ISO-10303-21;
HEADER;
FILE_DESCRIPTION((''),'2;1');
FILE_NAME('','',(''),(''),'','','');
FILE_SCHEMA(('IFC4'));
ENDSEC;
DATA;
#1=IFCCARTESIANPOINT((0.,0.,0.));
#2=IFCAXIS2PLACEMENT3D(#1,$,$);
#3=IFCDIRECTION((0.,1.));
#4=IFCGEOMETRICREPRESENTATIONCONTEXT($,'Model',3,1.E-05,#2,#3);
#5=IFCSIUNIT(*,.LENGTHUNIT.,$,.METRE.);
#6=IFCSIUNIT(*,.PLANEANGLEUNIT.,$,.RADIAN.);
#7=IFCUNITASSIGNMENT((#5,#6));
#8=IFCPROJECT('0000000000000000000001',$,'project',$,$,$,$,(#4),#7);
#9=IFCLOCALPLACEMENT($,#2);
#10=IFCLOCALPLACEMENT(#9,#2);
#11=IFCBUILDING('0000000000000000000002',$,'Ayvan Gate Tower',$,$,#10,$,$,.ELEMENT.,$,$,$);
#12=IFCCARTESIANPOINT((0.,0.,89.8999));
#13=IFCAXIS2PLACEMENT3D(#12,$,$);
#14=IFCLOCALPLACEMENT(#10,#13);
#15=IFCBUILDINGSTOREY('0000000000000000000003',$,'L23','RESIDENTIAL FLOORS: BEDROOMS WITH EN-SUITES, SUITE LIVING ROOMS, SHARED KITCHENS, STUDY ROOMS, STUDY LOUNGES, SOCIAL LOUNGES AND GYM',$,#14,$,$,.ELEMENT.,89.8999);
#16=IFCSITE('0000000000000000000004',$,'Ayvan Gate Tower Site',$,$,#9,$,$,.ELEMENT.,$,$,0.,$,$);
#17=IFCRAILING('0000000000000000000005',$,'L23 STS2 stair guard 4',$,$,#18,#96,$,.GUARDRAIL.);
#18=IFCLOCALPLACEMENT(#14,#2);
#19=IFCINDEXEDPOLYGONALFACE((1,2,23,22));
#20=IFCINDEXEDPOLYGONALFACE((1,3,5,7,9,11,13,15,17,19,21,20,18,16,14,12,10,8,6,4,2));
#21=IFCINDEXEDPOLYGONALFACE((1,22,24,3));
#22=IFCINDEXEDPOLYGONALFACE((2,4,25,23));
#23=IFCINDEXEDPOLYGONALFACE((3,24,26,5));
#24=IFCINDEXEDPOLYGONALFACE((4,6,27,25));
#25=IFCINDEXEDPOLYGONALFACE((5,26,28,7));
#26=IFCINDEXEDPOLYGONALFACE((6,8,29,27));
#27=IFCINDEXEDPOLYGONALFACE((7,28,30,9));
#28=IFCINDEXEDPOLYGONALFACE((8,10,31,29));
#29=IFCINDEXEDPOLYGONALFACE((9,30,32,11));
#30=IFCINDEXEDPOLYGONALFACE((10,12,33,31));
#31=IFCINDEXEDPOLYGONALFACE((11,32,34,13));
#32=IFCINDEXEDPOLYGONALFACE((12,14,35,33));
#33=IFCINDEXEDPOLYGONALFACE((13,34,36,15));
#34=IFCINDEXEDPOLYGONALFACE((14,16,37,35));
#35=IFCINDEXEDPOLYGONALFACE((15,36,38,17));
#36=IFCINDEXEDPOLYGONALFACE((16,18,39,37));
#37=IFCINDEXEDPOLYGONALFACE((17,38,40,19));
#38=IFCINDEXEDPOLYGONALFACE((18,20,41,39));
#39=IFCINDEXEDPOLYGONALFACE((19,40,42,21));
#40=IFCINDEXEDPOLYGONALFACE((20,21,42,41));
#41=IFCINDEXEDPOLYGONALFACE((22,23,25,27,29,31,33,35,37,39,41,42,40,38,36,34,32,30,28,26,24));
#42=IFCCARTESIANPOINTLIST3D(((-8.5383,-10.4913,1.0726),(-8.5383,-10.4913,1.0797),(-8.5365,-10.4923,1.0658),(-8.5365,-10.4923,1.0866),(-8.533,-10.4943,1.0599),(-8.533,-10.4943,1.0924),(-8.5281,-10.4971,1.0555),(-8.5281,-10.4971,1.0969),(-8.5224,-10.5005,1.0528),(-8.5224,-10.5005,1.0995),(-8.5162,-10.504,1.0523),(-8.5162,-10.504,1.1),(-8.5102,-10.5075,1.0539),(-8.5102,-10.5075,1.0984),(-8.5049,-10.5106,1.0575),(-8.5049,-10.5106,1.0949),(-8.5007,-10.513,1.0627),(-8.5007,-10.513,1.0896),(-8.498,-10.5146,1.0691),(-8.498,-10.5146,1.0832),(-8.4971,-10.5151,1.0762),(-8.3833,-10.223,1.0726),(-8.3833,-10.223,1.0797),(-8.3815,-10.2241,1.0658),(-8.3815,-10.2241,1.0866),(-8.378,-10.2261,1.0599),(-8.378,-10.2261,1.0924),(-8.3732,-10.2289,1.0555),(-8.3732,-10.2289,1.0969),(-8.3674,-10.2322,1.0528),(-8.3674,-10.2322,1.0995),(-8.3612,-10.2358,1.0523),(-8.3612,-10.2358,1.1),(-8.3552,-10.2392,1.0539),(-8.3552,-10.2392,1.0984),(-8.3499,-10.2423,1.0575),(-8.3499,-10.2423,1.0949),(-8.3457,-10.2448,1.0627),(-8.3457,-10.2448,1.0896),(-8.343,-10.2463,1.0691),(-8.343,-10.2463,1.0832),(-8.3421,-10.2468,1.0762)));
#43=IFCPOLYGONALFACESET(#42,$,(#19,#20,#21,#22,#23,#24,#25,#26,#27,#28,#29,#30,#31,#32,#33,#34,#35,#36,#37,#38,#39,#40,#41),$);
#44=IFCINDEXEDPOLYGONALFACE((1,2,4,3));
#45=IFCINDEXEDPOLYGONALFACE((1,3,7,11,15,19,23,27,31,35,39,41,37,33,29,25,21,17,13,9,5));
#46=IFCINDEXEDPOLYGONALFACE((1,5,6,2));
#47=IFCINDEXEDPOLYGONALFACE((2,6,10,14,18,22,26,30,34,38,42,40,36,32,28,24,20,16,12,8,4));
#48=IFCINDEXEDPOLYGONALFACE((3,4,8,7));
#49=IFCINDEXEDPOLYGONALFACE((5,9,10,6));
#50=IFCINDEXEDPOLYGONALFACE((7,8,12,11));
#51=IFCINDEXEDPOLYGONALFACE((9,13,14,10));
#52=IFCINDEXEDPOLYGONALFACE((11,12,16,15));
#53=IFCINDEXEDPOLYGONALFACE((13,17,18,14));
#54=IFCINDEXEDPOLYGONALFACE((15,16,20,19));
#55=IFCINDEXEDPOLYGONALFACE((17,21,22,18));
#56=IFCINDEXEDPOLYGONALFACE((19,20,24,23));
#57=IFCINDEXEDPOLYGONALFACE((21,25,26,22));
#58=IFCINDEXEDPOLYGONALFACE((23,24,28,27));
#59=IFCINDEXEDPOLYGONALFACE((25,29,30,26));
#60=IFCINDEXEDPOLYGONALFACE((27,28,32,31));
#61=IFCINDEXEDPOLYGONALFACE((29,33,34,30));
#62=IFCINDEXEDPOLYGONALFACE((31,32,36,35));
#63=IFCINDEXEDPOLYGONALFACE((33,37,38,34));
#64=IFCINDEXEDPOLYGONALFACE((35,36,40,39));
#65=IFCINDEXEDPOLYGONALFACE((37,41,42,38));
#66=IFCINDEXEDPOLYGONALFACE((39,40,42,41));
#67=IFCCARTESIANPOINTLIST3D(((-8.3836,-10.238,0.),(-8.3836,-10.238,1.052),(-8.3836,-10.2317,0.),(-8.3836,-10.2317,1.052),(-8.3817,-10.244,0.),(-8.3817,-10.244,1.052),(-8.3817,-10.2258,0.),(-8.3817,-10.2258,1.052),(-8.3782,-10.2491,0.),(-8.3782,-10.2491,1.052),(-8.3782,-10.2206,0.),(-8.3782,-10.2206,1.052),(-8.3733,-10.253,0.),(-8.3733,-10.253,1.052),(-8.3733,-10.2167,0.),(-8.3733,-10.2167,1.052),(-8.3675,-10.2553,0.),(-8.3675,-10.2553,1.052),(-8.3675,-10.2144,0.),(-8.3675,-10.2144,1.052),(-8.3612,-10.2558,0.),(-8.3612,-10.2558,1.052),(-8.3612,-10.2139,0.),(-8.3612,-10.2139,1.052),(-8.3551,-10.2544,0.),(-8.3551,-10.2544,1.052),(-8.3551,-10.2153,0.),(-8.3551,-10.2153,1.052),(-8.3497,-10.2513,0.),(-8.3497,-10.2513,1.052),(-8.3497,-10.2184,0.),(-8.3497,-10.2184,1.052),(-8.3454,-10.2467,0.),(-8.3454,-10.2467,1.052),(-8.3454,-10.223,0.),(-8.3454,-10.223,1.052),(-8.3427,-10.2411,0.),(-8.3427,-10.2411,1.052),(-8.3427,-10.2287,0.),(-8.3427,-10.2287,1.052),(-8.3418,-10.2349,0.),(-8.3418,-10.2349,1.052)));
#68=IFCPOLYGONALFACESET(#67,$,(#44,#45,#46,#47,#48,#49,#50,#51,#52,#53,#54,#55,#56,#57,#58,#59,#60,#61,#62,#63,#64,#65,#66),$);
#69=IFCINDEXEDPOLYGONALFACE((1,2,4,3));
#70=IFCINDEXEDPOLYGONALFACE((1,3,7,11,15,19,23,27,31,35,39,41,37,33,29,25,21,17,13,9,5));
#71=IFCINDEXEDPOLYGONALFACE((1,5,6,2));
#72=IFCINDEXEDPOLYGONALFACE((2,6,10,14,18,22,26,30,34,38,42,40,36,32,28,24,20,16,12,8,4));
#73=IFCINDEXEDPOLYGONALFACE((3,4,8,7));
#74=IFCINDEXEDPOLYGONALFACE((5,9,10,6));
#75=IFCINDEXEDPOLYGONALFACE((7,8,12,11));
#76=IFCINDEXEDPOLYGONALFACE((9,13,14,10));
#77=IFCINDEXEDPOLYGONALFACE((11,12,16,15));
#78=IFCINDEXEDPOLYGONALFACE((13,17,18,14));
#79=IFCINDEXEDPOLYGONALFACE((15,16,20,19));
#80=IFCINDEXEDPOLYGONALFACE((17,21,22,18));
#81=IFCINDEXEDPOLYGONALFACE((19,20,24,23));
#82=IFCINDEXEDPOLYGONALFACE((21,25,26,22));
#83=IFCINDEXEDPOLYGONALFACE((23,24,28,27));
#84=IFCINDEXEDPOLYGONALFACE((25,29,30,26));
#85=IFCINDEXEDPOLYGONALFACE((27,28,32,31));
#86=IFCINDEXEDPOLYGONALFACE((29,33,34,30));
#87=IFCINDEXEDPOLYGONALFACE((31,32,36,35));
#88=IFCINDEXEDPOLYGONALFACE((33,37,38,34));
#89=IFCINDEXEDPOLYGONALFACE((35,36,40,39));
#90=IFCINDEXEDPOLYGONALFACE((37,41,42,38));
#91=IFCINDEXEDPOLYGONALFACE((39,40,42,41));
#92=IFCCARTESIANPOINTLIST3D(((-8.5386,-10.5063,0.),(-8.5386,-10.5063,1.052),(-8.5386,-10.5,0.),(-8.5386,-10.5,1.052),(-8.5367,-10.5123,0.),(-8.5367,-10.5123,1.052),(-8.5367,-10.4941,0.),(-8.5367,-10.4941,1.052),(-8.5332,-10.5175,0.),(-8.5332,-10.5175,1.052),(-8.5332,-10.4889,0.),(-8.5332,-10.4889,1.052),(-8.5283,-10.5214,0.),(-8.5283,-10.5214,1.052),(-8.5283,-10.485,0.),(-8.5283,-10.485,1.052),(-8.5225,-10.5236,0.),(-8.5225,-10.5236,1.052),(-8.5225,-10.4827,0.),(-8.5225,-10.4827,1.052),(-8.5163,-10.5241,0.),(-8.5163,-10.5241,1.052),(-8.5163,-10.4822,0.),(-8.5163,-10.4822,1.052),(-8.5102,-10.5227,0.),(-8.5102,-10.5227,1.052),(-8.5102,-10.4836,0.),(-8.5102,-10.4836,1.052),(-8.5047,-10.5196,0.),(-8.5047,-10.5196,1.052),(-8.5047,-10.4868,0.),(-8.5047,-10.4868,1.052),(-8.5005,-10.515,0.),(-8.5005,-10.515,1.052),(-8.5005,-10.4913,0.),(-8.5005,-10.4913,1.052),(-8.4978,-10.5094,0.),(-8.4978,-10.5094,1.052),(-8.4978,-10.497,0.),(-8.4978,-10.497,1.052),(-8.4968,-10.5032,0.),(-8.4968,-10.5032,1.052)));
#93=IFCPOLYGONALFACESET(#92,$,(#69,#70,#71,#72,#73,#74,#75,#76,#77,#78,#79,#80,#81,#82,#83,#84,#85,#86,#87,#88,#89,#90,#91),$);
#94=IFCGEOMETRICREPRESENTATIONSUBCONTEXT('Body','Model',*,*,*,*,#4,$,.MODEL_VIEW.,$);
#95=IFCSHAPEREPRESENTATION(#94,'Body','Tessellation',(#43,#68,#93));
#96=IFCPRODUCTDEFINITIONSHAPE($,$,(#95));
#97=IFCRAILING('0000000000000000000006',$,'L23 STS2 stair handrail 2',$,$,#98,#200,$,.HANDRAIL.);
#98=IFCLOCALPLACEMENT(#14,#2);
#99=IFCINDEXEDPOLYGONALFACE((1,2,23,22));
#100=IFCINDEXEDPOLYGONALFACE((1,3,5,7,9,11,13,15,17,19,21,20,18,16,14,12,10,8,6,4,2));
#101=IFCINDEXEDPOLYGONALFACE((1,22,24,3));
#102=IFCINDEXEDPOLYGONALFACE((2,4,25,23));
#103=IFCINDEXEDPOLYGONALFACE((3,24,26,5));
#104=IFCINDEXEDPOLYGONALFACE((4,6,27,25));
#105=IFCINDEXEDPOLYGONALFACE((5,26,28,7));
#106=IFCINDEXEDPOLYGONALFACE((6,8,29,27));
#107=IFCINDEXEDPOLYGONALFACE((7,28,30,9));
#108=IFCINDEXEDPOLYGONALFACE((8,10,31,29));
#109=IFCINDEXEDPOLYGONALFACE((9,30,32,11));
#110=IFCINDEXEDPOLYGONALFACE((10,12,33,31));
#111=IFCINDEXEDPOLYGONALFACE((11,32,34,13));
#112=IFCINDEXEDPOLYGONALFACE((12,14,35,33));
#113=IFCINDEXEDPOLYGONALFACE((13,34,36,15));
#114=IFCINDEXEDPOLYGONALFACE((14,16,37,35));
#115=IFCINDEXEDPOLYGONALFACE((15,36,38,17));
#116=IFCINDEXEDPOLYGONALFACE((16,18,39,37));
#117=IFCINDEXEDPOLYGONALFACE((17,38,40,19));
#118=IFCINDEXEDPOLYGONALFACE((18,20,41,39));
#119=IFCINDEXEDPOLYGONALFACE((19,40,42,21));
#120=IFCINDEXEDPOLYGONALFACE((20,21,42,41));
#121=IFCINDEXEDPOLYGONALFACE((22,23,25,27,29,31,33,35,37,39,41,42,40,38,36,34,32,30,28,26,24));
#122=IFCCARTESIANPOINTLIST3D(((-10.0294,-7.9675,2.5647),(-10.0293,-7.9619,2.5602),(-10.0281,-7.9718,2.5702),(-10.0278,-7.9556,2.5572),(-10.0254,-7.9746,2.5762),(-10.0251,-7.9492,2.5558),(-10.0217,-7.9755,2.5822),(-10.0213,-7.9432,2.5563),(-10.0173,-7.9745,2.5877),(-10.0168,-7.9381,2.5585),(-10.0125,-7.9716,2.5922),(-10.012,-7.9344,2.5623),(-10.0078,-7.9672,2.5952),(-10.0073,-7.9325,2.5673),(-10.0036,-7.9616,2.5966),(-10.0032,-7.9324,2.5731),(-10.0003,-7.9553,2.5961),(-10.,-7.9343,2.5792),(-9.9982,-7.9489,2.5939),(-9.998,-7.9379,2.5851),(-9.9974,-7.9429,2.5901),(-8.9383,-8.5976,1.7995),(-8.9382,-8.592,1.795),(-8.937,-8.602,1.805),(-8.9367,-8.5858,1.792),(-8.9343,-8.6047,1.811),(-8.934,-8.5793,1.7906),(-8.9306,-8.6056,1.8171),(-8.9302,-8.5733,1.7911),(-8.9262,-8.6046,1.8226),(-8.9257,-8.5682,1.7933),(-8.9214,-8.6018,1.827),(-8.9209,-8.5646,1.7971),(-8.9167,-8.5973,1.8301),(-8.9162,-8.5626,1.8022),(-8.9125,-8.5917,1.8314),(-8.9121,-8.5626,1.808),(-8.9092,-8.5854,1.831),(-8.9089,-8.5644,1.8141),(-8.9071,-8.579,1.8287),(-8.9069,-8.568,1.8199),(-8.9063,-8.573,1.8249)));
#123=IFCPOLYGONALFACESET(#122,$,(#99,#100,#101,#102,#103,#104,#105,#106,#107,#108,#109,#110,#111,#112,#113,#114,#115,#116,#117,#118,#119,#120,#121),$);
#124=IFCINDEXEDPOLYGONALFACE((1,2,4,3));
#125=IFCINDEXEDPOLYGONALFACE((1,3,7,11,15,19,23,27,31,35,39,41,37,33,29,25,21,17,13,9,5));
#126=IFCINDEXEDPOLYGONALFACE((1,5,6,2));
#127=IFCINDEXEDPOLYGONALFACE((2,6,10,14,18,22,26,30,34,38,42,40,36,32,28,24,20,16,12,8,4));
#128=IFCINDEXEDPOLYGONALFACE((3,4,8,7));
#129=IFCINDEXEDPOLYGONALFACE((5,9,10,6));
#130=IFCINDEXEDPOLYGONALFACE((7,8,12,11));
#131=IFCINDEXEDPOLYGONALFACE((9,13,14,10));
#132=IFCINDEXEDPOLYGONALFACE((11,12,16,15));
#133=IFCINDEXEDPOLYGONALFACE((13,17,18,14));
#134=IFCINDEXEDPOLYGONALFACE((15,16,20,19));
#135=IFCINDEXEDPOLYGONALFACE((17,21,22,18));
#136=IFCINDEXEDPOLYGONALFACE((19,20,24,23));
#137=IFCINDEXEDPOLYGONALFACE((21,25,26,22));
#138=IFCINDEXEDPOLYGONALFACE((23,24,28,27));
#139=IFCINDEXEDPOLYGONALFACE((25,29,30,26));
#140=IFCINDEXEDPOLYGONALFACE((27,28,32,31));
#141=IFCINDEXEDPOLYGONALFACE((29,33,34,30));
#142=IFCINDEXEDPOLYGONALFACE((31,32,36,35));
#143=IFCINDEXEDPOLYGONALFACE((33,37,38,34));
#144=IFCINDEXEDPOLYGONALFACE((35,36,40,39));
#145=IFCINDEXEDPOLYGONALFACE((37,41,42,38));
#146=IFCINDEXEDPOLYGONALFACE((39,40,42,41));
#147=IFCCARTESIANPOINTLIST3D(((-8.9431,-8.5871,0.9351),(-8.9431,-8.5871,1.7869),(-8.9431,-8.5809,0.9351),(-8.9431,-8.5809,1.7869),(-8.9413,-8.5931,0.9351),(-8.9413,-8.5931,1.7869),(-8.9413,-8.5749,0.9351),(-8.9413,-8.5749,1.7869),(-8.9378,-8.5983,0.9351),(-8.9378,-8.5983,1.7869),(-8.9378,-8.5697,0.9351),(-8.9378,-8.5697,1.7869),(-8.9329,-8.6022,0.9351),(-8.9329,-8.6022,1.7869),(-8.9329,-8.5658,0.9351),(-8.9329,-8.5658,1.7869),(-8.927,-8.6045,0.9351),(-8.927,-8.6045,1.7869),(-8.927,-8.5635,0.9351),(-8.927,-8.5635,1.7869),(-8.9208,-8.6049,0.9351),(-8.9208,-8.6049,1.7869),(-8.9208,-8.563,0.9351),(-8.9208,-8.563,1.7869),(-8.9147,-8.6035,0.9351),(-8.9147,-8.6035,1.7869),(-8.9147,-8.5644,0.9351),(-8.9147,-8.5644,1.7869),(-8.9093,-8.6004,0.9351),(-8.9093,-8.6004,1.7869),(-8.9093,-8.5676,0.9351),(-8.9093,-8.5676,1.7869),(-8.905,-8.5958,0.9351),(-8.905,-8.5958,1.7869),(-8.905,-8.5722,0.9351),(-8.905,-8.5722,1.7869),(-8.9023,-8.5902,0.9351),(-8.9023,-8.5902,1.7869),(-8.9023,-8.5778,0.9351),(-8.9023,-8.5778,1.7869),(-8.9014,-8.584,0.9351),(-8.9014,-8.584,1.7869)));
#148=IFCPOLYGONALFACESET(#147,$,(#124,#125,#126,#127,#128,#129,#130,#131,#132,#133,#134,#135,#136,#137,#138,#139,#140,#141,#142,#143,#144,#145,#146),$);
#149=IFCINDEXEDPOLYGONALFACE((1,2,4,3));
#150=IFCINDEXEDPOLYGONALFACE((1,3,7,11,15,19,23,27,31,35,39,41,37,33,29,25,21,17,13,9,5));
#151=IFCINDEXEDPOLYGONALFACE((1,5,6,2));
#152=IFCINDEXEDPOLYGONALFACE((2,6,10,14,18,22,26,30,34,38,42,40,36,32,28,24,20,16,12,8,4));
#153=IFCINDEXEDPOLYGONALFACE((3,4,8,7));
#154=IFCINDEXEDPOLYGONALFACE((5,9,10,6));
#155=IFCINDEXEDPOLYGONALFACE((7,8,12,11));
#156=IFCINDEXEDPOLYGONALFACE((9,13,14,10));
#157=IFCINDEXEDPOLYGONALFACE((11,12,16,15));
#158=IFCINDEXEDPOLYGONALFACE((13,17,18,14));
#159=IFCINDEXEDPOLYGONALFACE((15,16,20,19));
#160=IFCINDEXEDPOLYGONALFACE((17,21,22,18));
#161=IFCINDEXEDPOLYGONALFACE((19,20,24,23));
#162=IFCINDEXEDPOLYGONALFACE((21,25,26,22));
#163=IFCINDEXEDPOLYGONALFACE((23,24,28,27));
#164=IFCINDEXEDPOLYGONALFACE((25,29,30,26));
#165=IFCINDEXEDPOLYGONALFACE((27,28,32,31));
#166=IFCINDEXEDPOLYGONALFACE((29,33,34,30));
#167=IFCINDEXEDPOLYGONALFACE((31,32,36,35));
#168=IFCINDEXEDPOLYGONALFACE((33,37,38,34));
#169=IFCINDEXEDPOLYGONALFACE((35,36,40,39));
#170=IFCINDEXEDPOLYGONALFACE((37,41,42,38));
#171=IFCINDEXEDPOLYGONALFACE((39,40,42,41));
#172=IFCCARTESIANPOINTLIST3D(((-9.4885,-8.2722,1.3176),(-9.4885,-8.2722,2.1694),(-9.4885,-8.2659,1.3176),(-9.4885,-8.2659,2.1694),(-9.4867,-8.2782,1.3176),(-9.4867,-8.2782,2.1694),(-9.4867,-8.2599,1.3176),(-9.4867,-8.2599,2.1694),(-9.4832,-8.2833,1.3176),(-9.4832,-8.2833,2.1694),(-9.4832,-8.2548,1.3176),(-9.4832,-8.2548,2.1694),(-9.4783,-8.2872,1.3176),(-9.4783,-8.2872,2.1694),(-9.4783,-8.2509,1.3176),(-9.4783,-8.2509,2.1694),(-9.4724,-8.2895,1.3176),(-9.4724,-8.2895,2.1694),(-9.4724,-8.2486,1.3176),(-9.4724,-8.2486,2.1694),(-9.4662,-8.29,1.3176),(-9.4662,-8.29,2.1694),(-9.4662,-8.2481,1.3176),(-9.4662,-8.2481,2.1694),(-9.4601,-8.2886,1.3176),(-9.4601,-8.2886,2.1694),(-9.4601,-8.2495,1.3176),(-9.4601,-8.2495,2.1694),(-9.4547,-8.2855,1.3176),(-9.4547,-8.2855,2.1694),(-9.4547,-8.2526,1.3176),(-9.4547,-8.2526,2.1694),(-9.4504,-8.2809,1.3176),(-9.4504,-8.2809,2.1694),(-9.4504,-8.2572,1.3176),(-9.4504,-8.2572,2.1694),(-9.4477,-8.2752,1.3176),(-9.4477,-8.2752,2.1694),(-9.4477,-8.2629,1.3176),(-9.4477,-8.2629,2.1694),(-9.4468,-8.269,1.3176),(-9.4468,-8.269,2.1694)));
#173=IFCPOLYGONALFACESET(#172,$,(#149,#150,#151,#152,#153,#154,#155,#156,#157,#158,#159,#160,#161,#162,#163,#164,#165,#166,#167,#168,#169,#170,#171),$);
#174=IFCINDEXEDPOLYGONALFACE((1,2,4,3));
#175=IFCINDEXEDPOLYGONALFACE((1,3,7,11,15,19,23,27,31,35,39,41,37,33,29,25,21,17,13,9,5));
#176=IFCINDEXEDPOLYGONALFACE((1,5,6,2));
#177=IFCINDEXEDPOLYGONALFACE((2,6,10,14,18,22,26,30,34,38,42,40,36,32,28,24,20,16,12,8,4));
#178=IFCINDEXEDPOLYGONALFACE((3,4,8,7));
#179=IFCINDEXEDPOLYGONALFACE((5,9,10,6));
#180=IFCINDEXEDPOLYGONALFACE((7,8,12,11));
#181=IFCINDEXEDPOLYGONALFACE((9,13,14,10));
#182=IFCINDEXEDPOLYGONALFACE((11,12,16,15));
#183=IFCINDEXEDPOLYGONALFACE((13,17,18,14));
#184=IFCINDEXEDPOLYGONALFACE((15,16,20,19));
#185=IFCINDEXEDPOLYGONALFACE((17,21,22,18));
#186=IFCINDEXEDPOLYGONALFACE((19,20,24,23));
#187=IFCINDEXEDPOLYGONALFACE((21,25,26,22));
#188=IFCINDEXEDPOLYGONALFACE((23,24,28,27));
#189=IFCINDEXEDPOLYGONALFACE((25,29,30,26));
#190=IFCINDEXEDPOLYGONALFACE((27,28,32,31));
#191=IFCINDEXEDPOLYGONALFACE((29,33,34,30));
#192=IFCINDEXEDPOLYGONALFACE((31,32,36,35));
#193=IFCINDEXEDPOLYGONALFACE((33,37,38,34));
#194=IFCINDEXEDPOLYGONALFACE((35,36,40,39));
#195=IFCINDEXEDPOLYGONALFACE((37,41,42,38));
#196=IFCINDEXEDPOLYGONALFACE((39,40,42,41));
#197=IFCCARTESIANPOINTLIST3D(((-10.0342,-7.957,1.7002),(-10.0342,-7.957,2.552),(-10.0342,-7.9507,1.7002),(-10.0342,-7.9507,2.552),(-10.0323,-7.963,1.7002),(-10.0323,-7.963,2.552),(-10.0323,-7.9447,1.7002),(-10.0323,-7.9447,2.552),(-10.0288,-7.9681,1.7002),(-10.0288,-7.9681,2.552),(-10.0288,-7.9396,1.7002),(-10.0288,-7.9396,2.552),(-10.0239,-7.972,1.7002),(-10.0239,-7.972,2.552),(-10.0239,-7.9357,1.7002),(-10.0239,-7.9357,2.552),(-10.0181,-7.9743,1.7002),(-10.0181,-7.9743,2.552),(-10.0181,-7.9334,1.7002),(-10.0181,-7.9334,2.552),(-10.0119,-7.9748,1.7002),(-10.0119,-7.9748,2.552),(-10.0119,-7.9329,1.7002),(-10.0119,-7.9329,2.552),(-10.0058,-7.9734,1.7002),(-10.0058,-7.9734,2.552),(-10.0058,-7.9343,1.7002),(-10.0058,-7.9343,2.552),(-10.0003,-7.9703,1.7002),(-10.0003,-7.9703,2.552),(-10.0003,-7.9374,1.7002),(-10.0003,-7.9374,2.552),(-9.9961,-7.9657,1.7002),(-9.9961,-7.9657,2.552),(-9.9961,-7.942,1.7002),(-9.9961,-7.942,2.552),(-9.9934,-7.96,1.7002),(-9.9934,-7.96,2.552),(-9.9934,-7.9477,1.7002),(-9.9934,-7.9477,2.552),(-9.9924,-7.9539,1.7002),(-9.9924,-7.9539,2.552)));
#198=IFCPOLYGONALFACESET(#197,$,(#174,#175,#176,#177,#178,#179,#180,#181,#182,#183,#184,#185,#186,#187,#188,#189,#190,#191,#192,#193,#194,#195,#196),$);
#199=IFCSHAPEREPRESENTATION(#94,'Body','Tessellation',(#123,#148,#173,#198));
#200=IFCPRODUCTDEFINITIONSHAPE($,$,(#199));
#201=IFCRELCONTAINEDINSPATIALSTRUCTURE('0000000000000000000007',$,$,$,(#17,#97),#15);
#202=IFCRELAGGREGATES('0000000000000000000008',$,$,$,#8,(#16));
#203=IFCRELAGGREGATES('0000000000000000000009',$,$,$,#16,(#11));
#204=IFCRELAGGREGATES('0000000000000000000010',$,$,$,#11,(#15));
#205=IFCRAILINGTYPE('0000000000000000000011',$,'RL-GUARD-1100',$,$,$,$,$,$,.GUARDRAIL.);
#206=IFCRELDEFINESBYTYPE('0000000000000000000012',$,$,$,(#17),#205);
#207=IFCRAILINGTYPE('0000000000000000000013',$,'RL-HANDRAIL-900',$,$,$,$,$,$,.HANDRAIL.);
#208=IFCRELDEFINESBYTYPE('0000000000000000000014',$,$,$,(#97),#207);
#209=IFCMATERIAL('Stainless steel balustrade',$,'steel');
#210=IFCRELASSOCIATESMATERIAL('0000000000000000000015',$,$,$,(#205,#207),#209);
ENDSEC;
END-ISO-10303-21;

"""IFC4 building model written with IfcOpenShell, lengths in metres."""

from ifc_helpers import new_model, si_unit, direction, frame, origin, origin_2d, place, context, subcontext, project, spatial, circle, extrude, material, type_object, element, save


model = new_model("IFC4")

# Units and contexts
model_context = context("Model", 3, precision=1e-05, world=origin(), true_north=direction((0.0, 1.0)))
body_context = subcontext(model_context, "Body", "Model", "MODEL_VIEW")
ifc_project = project(units=[si_unit("LENGTHUNIT", "METRE"), si_unit("PLANEANGLEUNIT", "RADIAN")], contexts=[model_context])

# Site, building, storey
site_placement = place(None, origin())
site = spatial("IfcSite", under=ifc_project, at=site_placement, Name="Ayvan Gate Tower Site", CompositionType="ELEMENT", RefElevation=0.0)
building_placement = place(site_placement, origin())
building = spatial("IfcBuilding", under=site, at=building_placement, Name="Ayvan Gate Tower", CompositionType="ELEMENT")
storey_placement = place(building_placement, frame((0.0, 0.0, 89.8999)))
storey = spatial("IfcBuildingStorey", under=building, at=storey_placement, Name="L23", Description="RESIDENTIAL FLOORS: BEDROOMS WITH EN-SUITES, SUITE LIVING ROOMS, SHARED KITCHENS, STUDY ROOMS, STUDY LOUNGES, SOCIAL LOUNGES AND GYM", CompositionType="ELEMENT", Elevation=89.8999)

# Railings
ifc_material_1 = material(Name="Stainless steel balustrade", Category="steel")
railing_type_1 = type_object("IfcRailingType", Name="RL-GUARD-1100", PredefinedType="GUARDRAIL", material=ifc_material_1)
railing_1_placement = place(storey_placement, frame((-8.3628, -10.2349, 0.0)))
element("IfcRailing", 1, at=railing_1_placement, inside=storey, type_object=railing_type_1, Name="L23 STS2 stair guard 4", PredefinedType="GUARDRAIL", context=body_context, shape_type="SweptSolid", body=[
    extrude(circle(Radius=0.0239, at=origin_2d()), frame((0.0, 0.0, 1.0762), z_axis=(-0.500291, -0.865857, 0.0), x_axis=(0.865857, -0.500291, 0.0)), (0.0, 0.0, 1.0), 0.3098),
    extrude(circle(Radius=0.021, at=origin_2d()), origin(), (0.0, 0.0, 1.0), 1.052),
    extrude(circle(Radius=0.021, at=origin_2d()), frame((-0.155, -0.2683, 0.0)), (0.0, 0.0, 1.0), 1.052),
])
railing_type_2 = type_object("IfcRailingType", Name="RL-HANDRAIL-900", PredefinedType="HANDRAIL", material=ifc_material_1)
railing_2_placement = place(storey_placement, frame((-8.9224, -8.584, 0.9351)))
element("IfcRailing", 2, at=railing_2_placement, inside=storey, type_object=railing_type_2, Name="L23 STS2 stair handrail 2", PredefinedType="HANDRAIL", context=body_context, shape_type="SweptSolid", body=[
    extrude(circle(Radius=0.0239, at=origin_2d()), frame((0.0, 0.0, 0.876), z_axis=(-0.740166, 0.427471, 0.51906), x_axis=(-0.500119, -0.865956, 0.0)), (0.0, 0.0, 1.0), 1.4741),
    extrude(circle(Radius=0.021, at=origin_2d()), origin(), (0.0, 0.0, 1.0), 0.8518),
    extrude(circle(Radius=0.021, at=origin_2d()), frame((-0.5454, 0.3149, 0.3826)), (0.0, 0.0, 1.0), 0.8518),
    extrude(circle(Radius=0.021, at=origin_2d()), frame((-1.0911, 0.6301, 0.7651)), (0.0, 0.0, 1.0), 0.8518),
])

save(model, "model.ifc")
